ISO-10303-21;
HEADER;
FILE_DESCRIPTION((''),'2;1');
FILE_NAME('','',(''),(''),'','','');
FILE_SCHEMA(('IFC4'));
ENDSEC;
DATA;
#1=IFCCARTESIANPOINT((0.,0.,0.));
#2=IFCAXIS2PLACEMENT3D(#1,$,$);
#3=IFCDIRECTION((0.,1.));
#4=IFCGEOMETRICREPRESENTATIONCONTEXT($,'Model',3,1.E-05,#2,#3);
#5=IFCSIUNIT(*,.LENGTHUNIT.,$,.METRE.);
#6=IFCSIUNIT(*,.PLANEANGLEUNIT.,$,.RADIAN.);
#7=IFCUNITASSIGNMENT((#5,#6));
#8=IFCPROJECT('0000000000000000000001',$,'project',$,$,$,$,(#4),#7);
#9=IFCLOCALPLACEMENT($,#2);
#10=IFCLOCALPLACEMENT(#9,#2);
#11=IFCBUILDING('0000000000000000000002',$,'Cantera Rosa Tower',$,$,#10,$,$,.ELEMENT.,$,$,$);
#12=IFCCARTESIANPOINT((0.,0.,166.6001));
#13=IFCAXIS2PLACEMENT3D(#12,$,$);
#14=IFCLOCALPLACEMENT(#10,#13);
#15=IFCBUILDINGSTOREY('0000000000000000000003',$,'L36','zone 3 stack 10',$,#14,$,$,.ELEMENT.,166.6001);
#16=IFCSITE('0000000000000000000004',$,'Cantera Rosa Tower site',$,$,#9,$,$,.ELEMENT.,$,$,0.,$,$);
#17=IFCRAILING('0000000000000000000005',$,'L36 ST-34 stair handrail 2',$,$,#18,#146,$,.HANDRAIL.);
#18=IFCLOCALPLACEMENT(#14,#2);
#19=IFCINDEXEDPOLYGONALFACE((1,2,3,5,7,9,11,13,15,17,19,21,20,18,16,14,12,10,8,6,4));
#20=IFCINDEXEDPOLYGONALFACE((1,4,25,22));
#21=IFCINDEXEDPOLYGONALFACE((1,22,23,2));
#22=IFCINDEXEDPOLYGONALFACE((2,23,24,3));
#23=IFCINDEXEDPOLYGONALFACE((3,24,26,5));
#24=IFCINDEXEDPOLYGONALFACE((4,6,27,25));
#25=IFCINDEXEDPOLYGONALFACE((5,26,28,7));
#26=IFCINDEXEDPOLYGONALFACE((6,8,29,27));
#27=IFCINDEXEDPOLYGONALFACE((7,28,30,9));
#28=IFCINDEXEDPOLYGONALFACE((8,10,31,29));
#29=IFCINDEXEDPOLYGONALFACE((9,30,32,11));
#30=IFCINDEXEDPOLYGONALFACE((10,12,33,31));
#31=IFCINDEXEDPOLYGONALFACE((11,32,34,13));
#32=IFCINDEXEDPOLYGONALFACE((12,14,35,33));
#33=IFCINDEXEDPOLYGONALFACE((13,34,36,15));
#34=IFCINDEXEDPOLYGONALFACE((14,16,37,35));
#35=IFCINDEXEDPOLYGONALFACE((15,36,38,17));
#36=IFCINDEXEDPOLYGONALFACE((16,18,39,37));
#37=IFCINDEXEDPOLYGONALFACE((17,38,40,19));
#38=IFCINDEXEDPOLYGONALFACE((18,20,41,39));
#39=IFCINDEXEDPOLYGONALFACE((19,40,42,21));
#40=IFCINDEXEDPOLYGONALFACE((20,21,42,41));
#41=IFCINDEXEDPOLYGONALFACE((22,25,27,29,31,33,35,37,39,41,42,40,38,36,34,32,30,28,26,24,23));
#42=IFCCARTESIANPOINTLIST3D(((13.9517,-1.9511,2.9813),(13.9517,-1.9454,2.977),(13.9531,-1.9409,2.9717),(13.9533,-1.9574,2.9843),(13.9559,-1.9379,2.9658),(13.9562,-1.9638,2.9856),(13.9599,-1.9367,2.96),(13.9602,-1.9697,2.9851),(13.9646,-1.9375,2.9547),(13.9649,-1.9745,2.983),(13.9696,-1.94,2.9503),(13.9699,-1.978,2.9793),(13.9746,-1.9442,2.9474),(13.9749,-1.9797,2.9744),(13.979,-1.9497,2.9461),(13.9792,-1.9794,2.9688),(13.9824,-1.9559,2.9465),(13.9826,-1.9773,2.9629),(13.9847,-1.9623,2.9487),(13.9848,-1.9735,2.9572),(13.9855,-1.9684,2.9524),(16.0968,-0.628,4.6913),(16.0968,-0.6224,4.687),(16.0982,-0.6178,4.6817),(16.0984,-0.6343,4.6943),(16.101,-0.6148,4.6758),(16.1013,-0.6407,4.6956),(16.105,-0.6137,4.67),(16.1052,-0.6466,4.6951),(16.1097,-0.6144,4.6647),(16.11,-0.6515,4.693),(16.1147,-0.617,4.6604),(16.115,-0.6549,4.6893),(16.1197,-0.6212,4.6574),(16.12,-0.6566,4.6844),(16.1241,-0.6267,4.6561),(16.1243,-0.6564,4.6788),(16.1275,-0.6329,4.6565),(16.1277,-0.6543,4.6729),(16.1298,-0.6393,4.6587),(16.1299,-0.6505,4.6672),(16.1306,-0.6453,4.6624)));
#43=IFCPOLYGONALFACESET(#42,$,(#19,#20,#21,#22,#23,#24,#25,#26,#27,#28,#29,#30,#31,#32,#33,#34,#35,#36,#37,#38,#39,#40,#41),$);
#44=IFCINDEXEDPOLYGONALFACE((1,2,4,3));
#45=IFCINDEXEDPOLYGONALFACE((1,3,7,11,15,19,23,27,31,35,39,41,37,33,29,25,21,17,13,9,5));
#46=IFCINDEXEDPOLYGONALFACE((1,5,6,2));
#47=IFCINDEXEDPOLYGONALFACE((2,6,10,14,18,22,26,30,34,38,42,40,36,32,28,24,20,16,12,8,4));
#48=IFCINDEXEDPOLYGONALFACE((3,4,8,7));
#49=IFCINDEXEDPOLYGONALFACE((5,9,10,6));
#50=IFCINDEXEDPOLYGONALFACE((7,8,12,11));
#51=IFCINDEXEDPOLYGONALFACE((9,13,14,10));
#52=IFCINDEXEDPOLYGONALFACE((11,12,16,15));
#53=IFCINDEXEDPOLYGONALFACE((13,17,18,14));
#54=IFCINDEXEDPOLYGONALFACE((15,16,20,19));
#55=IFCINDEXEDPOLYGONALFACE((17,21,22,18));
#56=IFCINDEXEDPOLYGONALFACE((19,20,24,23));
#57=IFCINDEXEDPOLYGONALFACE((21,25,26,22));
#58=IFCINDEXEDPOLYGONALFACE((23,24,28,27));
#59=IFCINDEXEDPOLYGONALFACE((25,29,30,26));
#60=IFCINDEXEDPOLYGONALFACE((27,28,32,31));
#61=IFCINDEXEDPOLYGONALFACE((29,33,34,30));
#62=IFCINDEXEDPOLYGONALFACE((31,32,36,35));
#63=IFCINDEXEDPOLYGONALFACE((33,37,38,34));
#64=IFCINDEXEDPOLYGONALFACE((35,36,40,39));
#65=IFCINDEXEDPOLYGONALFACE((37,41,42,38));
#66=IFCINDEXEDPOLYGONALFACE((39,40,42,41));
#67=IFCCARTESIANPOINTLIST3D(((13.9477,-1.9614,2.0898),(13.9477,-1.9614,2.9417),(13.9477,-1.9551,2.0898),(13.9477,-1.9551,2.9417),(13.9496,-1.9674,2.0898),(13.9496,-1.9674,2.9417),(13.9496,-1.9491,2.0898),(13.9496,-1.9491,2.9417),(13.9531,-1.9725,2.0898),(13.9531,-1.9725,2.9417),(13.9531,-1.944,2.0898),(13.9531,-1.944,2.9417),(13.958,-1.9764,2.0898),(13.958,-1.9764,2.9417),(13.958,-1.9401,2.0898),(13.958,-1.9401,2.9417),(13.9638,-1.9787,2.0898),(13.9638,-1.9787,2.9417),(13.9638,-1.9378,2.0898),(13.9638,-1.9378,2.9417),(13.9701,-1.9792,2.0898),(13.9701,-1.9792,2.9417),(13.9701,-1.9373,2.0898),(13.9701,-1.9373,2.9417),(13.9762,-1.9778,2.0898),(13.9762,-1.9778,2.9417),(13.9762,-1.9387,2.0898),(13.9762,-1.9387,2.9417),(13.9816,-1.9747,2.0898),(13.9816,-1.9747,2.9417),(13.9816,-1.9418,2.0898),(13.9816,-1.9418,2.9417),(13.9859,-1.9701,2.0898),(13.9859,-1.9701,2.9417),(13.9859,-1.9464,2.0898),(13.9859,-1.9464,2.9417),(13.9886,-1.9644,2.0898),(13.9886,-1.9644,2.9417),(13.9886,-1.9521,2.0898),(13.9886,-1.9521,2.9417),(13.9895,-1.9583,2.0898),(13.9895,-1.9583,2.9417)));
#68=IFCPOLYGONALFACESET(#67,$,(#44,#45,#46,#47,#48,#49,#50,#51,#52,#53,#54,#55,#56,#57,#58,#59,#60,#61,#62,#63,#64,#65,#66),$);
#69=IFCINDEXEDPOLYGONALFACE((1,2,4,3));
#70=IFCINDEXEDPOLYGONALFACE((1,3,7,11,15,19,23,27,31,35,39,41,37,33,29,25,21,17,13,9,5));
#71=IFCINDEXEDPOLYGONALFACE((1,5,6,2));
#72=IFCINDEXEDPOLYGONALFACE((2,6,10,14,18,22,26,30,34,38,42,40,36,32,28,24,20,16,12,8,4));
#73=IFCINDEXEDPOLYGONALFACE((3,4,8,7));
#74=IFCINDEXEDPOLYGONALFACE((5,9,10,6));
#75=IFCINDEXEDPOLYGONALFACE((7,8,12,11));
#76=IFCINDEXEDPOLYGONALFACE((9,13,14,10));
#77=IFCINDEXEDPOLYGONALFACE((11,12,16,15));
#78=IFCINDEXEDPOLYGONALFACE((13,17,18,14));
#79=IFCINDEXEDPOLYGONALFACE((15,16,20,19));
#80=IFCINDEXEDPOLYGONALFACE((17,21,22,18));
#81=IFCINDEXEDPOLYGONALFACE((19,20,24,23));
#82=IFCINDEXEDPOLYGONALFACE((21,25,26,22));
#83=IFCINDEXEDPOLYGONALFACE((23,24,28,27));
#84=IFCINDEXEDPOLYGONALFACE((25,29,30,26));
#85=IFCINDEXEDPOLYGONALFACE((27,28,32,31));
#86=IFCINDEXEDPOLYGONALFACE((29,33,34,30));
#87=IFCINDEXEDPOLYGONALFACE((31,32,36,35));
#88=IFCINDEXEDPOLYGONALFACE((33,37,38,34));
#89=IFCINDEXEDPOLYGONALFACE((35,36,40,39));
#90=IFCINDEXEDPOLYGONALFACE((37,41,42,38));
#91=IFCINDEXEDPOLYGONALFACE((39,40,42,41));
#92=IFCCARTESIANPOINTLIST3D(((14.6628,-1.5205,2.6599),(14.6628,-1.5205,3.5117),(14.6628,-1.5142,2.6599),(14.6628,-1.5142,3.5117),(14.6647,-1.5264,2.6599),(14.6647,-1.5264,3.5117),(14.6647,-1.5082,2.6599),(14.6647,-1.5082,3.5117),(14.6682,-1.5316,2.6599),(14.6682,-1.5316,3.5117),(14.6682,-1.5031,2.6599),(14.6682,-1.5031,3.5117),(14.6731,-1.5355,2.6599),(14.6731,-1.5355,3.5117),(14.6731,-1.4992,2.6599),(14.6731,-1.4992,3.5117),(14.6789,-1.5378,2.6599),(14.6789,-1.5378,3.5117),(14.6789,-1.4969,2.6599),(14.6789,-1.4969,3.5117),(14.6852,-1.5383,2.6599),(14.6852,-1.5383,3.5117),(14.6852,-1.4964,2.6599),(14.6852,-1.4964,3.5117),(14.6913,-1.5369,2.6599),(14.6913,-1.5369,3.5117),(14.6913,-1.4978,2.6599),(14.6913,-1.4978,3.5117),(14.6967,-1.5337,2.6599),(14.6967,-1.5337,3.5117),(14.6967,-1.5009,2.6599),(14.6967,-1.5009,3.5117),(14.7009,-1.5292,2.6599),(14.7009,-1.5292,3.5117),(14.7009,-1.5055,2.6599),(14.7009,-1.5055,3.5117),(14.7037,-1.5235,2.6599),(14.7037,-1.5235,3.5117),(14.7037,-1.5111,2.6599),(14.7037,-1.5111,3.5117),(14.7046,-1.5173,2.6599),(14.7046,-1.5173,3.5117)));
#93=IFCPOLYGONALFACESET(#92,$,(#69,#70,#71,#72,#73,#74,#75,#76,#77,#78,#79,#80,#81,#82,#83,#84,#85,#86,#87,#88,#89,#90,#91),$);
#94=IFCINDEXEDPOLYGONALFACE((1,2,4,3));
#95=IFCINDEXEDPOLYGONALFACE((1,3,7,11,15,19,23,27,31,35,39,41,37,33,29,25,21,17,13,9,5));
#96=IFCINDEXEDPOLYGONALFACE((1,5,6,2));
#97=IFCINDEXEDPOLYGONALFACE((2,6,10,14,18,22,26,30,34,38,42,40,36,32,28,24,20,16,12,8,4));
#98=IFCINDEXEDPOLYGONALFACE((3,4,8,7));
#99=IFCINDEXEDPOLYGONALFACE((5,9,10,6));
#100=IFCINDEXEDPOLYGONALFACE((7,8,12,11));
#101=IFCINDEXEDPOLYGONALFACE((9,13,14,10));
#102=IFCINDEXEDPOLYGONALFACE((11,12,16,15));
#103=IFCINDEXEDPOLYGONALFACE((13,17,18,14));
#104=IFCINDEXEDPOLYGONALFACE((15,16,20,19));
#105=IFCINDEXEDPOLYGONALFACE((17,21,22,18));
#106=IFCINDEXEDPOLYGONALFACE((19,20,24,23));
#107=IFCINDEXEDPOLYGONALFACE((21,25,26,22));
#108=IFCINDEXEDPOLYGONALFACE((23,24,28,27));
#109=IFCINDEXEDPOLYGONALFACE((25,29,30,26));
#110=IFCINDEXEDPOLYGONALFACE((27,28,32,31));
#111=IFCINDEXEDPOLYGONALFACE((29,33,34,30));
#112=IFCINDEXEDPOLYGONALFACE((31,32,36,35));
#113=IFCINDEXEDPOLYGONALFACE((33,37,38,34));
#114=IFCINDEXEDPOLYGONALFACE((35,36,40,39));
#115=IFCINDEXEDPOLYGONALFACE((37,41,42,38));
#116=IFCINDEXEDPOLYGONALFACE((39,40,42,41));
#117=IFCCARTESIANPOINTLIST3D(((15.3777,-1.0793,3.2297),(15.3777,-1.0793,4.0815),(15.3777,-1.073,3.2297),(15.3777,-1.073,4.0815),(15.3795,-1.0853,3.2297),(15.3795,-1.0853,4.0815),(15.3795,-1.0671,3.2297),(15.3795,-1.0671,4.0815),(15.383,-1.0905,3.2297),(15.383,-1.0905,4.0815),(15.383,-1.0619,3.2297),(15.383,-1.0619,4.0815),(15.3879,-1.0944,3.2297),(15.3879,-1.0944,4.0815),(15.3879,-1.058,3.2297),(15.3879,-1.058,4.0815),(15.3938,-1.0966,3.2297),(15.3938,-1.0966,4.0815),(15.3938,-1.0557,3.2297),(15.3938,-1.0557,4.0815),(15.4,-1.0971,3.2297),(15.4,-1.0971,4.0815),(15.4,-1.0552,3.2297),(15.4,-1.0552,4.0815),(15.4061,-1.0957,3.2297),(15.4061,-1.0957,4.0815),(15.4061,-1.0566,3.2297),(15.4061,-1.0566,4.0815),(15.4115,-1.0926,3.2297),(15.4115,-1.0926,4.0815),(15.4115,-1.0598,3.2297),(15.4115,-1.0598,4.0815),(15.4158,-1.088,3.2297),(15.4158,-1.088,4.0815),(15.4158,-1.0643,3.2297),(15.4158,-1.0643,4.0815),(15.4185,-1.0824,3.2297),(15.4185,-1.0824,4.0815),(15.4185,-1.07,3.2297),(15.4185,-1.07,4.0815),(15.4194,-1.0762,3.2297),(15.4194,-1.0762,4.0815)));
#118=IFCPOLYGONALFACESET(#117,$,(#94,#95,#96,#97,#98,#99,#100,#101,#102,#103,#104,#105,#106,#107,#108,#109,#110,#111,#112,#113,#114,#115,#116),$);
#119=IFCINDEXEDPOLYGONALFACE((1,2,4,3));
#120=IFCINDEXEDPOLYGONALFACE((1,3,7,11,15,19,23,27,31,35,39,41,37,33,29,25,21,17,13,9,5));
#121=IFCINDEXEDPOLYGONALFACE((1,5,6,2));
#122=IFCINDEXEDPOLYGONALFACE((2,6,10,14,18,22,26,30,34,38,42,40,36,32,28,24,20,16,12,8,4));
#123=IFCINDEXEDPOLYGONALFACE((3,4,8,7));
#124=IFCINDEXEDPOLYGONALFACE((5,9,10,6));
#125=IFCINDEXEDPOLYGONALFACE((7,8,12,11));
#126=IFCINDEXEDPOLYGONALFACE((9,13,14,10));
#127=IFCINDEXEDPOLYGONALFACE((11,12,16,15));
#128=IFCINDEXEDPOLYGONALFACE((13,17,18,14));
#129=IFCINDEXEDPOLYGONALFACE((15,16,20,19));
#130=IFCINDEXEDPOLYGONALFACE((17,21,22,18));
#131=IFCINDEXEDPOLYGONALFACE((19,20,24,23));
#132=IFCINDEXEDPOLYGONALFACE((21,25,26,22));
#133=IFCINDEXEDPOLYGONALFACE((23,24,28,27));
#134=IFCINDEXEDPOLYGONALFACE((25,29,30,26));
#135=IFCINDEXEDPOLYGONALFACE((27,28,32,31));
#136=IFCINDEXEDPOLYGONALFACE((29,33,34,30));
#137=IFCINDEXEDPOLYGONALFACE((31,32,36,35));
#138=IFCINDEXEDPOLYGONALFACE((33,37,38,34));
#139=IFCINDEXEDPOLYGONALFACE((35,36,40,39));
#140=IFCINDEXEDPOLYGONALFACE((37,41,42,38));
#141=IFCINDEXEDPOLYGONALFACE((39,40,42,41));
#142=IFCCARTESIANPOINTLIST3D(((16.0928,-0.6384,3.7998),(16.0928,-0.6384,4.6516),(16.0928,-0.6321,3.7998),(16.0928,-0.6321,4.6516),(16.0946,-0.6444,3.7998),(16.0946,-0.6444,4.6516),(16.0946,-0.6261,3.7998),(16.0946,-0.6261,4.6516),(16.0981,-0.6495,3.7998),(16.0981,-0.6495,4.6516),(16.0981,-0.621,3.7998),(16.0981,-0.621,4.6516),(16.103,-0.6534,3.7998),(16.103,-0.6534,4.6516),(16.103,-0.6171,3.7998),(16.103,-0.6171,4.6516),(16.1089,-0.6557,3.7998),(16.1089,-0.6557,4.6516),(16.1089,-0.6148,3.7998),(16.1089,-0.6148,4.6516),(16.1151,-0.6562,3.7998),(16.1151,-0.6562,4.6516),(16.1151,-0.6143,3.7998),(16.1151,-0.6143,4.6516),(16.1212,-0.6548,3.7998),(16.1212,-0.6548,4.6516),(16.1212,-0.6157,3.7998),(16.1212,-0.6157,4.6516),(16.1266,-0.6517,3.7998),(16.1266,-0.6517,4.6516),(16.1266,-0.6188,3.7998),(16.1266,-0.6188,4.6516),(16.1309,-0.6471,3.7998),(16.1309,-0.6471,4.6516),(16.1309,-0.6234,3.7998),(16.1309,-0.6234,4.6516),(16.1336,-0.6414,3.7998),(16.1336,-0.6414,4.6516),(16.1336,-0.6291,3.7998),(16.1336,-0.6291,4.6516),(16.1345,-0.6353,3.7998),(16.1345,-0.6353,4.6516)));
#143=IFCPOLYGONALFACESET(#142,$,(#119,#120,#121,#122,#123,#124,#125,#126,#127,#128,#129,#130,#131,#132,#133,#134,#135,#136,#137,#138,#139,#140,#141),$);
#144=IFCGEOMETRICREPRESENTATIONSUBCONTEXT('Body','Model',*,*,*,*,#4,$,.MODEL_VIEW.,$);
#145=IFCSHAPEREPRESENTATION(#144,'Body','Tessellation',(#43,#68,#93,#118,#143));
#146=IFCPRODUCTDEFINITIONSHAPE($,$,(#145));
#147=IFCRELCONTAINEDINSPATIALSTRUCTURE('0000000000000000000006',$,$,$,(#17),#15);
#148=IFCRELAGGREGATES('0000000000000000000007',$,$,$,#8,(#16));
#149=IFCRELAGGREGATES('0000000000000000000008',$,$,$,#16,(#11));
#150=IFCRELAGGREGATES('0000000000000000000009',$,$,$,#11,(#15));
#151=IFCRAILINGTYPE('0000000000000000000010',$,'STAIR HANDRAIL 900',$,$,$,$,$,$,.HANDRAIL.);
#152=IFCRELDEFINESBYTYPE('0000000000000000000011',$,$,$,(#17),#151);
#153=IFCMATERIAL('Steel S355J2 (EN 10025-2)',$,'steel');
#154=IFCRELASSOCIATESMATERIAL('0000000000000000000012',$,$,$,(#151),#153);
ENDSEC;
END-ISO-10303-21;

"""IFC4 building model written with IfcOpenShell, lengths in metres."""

from ifc_helpers import new_model, si_unit, direction, frame, origin, origin_2d, place, context, subcontext, project, spatial, circle, extrude, material, type_object, element, save


model = new_model("IFC4")

# Units and contexts
model_context = context("Model", 3, precision=1e-05, world=origin(), true_north=direction((0.0, 1.0)))
body_context = subcontext(model_context, "Body", "Model", "MODEL_VIEW")
ifc_project = project(units=[si_unit("LENGTHUNIT", "METRE"), si_unit("PLANEANGLEUNIT", "RADIAN")], contexts=[model_context])

# Site, building, storey
site_placement = place(None, origin())
site = spatial("IfcSite", under=ifc_project, at=site_placement, Name="Cantera Rosa Tower site", CompositionType="ELEMENT", RefElevation=0.0)
building_placement = place(site_placement, origin())
building = spatial("IfcBuilding", under=site, at=building_placement, Name="Cantera Rosa Tower", CompositionType="ELEMENT")
storey_placement = place(building_placement, frame((0.0, 0.0, 166.6001)))
storey = spatial("IfcBuildingStorey", under=building, at=storey_placement, Name="L36", Description="zone 3 stack 10", CompositionType="ELEMENT", Elevation=166.6001)

# Railing
ifc_material_1 = material(Name="Steel S355J2 (EN 10025-2)", Category="steel")
railing_type_1 = type_object("IfcRailingType", Name="STAIR HANDRAIL 900", PredefinedType="HANDRAIL", material=ifc_material_1)
railing_1_placement = place(storey_placement, frame((13.9685, -1.9583, 2.0898)))
element("IfcRailing", 1, at=railing_1_placement, inside=storey, type_object=railing_type_1, Name="L36 ST-34 stair handrail 2", PredefinedType="HANDRAIL", context=body_context, shape_type="SweptSolid", body=[
    extrude(circle(Radius=0.0239, at=origin_2d()), frame((0.0, 0.0, 0.876), z_axis=(0.704312, 0.434403, 0.561461), x_axis=(-0.524957, 0.851129, 0.0)), (0.0, 0.0, 1.0), 3.0457),
    extrude(circle(Radius=0.021, at=origin_2d()), origin(), (0.0, 0.0, 1.0), 0.8518),
    extrude(circle(Radius=0.021, at=origin_2d()), frame((0.7151, 0.4409, 0.5701)), (0.0, 0.0, 1.0), 0.8518),
    extrude(circle(Radius=0.021, at=origin_2d()), frame((1.4299, 0.8821, 1.1399)), (0.0, 0.0, 1.0), 0.8518),
    extrude(circle(Radius=0.021, at=origin_2d()), frame((2.145, 1.323, 1.71)), (0.0, 0.0, 1.0), 0.8518),
])

save(model, "model.ifc")
